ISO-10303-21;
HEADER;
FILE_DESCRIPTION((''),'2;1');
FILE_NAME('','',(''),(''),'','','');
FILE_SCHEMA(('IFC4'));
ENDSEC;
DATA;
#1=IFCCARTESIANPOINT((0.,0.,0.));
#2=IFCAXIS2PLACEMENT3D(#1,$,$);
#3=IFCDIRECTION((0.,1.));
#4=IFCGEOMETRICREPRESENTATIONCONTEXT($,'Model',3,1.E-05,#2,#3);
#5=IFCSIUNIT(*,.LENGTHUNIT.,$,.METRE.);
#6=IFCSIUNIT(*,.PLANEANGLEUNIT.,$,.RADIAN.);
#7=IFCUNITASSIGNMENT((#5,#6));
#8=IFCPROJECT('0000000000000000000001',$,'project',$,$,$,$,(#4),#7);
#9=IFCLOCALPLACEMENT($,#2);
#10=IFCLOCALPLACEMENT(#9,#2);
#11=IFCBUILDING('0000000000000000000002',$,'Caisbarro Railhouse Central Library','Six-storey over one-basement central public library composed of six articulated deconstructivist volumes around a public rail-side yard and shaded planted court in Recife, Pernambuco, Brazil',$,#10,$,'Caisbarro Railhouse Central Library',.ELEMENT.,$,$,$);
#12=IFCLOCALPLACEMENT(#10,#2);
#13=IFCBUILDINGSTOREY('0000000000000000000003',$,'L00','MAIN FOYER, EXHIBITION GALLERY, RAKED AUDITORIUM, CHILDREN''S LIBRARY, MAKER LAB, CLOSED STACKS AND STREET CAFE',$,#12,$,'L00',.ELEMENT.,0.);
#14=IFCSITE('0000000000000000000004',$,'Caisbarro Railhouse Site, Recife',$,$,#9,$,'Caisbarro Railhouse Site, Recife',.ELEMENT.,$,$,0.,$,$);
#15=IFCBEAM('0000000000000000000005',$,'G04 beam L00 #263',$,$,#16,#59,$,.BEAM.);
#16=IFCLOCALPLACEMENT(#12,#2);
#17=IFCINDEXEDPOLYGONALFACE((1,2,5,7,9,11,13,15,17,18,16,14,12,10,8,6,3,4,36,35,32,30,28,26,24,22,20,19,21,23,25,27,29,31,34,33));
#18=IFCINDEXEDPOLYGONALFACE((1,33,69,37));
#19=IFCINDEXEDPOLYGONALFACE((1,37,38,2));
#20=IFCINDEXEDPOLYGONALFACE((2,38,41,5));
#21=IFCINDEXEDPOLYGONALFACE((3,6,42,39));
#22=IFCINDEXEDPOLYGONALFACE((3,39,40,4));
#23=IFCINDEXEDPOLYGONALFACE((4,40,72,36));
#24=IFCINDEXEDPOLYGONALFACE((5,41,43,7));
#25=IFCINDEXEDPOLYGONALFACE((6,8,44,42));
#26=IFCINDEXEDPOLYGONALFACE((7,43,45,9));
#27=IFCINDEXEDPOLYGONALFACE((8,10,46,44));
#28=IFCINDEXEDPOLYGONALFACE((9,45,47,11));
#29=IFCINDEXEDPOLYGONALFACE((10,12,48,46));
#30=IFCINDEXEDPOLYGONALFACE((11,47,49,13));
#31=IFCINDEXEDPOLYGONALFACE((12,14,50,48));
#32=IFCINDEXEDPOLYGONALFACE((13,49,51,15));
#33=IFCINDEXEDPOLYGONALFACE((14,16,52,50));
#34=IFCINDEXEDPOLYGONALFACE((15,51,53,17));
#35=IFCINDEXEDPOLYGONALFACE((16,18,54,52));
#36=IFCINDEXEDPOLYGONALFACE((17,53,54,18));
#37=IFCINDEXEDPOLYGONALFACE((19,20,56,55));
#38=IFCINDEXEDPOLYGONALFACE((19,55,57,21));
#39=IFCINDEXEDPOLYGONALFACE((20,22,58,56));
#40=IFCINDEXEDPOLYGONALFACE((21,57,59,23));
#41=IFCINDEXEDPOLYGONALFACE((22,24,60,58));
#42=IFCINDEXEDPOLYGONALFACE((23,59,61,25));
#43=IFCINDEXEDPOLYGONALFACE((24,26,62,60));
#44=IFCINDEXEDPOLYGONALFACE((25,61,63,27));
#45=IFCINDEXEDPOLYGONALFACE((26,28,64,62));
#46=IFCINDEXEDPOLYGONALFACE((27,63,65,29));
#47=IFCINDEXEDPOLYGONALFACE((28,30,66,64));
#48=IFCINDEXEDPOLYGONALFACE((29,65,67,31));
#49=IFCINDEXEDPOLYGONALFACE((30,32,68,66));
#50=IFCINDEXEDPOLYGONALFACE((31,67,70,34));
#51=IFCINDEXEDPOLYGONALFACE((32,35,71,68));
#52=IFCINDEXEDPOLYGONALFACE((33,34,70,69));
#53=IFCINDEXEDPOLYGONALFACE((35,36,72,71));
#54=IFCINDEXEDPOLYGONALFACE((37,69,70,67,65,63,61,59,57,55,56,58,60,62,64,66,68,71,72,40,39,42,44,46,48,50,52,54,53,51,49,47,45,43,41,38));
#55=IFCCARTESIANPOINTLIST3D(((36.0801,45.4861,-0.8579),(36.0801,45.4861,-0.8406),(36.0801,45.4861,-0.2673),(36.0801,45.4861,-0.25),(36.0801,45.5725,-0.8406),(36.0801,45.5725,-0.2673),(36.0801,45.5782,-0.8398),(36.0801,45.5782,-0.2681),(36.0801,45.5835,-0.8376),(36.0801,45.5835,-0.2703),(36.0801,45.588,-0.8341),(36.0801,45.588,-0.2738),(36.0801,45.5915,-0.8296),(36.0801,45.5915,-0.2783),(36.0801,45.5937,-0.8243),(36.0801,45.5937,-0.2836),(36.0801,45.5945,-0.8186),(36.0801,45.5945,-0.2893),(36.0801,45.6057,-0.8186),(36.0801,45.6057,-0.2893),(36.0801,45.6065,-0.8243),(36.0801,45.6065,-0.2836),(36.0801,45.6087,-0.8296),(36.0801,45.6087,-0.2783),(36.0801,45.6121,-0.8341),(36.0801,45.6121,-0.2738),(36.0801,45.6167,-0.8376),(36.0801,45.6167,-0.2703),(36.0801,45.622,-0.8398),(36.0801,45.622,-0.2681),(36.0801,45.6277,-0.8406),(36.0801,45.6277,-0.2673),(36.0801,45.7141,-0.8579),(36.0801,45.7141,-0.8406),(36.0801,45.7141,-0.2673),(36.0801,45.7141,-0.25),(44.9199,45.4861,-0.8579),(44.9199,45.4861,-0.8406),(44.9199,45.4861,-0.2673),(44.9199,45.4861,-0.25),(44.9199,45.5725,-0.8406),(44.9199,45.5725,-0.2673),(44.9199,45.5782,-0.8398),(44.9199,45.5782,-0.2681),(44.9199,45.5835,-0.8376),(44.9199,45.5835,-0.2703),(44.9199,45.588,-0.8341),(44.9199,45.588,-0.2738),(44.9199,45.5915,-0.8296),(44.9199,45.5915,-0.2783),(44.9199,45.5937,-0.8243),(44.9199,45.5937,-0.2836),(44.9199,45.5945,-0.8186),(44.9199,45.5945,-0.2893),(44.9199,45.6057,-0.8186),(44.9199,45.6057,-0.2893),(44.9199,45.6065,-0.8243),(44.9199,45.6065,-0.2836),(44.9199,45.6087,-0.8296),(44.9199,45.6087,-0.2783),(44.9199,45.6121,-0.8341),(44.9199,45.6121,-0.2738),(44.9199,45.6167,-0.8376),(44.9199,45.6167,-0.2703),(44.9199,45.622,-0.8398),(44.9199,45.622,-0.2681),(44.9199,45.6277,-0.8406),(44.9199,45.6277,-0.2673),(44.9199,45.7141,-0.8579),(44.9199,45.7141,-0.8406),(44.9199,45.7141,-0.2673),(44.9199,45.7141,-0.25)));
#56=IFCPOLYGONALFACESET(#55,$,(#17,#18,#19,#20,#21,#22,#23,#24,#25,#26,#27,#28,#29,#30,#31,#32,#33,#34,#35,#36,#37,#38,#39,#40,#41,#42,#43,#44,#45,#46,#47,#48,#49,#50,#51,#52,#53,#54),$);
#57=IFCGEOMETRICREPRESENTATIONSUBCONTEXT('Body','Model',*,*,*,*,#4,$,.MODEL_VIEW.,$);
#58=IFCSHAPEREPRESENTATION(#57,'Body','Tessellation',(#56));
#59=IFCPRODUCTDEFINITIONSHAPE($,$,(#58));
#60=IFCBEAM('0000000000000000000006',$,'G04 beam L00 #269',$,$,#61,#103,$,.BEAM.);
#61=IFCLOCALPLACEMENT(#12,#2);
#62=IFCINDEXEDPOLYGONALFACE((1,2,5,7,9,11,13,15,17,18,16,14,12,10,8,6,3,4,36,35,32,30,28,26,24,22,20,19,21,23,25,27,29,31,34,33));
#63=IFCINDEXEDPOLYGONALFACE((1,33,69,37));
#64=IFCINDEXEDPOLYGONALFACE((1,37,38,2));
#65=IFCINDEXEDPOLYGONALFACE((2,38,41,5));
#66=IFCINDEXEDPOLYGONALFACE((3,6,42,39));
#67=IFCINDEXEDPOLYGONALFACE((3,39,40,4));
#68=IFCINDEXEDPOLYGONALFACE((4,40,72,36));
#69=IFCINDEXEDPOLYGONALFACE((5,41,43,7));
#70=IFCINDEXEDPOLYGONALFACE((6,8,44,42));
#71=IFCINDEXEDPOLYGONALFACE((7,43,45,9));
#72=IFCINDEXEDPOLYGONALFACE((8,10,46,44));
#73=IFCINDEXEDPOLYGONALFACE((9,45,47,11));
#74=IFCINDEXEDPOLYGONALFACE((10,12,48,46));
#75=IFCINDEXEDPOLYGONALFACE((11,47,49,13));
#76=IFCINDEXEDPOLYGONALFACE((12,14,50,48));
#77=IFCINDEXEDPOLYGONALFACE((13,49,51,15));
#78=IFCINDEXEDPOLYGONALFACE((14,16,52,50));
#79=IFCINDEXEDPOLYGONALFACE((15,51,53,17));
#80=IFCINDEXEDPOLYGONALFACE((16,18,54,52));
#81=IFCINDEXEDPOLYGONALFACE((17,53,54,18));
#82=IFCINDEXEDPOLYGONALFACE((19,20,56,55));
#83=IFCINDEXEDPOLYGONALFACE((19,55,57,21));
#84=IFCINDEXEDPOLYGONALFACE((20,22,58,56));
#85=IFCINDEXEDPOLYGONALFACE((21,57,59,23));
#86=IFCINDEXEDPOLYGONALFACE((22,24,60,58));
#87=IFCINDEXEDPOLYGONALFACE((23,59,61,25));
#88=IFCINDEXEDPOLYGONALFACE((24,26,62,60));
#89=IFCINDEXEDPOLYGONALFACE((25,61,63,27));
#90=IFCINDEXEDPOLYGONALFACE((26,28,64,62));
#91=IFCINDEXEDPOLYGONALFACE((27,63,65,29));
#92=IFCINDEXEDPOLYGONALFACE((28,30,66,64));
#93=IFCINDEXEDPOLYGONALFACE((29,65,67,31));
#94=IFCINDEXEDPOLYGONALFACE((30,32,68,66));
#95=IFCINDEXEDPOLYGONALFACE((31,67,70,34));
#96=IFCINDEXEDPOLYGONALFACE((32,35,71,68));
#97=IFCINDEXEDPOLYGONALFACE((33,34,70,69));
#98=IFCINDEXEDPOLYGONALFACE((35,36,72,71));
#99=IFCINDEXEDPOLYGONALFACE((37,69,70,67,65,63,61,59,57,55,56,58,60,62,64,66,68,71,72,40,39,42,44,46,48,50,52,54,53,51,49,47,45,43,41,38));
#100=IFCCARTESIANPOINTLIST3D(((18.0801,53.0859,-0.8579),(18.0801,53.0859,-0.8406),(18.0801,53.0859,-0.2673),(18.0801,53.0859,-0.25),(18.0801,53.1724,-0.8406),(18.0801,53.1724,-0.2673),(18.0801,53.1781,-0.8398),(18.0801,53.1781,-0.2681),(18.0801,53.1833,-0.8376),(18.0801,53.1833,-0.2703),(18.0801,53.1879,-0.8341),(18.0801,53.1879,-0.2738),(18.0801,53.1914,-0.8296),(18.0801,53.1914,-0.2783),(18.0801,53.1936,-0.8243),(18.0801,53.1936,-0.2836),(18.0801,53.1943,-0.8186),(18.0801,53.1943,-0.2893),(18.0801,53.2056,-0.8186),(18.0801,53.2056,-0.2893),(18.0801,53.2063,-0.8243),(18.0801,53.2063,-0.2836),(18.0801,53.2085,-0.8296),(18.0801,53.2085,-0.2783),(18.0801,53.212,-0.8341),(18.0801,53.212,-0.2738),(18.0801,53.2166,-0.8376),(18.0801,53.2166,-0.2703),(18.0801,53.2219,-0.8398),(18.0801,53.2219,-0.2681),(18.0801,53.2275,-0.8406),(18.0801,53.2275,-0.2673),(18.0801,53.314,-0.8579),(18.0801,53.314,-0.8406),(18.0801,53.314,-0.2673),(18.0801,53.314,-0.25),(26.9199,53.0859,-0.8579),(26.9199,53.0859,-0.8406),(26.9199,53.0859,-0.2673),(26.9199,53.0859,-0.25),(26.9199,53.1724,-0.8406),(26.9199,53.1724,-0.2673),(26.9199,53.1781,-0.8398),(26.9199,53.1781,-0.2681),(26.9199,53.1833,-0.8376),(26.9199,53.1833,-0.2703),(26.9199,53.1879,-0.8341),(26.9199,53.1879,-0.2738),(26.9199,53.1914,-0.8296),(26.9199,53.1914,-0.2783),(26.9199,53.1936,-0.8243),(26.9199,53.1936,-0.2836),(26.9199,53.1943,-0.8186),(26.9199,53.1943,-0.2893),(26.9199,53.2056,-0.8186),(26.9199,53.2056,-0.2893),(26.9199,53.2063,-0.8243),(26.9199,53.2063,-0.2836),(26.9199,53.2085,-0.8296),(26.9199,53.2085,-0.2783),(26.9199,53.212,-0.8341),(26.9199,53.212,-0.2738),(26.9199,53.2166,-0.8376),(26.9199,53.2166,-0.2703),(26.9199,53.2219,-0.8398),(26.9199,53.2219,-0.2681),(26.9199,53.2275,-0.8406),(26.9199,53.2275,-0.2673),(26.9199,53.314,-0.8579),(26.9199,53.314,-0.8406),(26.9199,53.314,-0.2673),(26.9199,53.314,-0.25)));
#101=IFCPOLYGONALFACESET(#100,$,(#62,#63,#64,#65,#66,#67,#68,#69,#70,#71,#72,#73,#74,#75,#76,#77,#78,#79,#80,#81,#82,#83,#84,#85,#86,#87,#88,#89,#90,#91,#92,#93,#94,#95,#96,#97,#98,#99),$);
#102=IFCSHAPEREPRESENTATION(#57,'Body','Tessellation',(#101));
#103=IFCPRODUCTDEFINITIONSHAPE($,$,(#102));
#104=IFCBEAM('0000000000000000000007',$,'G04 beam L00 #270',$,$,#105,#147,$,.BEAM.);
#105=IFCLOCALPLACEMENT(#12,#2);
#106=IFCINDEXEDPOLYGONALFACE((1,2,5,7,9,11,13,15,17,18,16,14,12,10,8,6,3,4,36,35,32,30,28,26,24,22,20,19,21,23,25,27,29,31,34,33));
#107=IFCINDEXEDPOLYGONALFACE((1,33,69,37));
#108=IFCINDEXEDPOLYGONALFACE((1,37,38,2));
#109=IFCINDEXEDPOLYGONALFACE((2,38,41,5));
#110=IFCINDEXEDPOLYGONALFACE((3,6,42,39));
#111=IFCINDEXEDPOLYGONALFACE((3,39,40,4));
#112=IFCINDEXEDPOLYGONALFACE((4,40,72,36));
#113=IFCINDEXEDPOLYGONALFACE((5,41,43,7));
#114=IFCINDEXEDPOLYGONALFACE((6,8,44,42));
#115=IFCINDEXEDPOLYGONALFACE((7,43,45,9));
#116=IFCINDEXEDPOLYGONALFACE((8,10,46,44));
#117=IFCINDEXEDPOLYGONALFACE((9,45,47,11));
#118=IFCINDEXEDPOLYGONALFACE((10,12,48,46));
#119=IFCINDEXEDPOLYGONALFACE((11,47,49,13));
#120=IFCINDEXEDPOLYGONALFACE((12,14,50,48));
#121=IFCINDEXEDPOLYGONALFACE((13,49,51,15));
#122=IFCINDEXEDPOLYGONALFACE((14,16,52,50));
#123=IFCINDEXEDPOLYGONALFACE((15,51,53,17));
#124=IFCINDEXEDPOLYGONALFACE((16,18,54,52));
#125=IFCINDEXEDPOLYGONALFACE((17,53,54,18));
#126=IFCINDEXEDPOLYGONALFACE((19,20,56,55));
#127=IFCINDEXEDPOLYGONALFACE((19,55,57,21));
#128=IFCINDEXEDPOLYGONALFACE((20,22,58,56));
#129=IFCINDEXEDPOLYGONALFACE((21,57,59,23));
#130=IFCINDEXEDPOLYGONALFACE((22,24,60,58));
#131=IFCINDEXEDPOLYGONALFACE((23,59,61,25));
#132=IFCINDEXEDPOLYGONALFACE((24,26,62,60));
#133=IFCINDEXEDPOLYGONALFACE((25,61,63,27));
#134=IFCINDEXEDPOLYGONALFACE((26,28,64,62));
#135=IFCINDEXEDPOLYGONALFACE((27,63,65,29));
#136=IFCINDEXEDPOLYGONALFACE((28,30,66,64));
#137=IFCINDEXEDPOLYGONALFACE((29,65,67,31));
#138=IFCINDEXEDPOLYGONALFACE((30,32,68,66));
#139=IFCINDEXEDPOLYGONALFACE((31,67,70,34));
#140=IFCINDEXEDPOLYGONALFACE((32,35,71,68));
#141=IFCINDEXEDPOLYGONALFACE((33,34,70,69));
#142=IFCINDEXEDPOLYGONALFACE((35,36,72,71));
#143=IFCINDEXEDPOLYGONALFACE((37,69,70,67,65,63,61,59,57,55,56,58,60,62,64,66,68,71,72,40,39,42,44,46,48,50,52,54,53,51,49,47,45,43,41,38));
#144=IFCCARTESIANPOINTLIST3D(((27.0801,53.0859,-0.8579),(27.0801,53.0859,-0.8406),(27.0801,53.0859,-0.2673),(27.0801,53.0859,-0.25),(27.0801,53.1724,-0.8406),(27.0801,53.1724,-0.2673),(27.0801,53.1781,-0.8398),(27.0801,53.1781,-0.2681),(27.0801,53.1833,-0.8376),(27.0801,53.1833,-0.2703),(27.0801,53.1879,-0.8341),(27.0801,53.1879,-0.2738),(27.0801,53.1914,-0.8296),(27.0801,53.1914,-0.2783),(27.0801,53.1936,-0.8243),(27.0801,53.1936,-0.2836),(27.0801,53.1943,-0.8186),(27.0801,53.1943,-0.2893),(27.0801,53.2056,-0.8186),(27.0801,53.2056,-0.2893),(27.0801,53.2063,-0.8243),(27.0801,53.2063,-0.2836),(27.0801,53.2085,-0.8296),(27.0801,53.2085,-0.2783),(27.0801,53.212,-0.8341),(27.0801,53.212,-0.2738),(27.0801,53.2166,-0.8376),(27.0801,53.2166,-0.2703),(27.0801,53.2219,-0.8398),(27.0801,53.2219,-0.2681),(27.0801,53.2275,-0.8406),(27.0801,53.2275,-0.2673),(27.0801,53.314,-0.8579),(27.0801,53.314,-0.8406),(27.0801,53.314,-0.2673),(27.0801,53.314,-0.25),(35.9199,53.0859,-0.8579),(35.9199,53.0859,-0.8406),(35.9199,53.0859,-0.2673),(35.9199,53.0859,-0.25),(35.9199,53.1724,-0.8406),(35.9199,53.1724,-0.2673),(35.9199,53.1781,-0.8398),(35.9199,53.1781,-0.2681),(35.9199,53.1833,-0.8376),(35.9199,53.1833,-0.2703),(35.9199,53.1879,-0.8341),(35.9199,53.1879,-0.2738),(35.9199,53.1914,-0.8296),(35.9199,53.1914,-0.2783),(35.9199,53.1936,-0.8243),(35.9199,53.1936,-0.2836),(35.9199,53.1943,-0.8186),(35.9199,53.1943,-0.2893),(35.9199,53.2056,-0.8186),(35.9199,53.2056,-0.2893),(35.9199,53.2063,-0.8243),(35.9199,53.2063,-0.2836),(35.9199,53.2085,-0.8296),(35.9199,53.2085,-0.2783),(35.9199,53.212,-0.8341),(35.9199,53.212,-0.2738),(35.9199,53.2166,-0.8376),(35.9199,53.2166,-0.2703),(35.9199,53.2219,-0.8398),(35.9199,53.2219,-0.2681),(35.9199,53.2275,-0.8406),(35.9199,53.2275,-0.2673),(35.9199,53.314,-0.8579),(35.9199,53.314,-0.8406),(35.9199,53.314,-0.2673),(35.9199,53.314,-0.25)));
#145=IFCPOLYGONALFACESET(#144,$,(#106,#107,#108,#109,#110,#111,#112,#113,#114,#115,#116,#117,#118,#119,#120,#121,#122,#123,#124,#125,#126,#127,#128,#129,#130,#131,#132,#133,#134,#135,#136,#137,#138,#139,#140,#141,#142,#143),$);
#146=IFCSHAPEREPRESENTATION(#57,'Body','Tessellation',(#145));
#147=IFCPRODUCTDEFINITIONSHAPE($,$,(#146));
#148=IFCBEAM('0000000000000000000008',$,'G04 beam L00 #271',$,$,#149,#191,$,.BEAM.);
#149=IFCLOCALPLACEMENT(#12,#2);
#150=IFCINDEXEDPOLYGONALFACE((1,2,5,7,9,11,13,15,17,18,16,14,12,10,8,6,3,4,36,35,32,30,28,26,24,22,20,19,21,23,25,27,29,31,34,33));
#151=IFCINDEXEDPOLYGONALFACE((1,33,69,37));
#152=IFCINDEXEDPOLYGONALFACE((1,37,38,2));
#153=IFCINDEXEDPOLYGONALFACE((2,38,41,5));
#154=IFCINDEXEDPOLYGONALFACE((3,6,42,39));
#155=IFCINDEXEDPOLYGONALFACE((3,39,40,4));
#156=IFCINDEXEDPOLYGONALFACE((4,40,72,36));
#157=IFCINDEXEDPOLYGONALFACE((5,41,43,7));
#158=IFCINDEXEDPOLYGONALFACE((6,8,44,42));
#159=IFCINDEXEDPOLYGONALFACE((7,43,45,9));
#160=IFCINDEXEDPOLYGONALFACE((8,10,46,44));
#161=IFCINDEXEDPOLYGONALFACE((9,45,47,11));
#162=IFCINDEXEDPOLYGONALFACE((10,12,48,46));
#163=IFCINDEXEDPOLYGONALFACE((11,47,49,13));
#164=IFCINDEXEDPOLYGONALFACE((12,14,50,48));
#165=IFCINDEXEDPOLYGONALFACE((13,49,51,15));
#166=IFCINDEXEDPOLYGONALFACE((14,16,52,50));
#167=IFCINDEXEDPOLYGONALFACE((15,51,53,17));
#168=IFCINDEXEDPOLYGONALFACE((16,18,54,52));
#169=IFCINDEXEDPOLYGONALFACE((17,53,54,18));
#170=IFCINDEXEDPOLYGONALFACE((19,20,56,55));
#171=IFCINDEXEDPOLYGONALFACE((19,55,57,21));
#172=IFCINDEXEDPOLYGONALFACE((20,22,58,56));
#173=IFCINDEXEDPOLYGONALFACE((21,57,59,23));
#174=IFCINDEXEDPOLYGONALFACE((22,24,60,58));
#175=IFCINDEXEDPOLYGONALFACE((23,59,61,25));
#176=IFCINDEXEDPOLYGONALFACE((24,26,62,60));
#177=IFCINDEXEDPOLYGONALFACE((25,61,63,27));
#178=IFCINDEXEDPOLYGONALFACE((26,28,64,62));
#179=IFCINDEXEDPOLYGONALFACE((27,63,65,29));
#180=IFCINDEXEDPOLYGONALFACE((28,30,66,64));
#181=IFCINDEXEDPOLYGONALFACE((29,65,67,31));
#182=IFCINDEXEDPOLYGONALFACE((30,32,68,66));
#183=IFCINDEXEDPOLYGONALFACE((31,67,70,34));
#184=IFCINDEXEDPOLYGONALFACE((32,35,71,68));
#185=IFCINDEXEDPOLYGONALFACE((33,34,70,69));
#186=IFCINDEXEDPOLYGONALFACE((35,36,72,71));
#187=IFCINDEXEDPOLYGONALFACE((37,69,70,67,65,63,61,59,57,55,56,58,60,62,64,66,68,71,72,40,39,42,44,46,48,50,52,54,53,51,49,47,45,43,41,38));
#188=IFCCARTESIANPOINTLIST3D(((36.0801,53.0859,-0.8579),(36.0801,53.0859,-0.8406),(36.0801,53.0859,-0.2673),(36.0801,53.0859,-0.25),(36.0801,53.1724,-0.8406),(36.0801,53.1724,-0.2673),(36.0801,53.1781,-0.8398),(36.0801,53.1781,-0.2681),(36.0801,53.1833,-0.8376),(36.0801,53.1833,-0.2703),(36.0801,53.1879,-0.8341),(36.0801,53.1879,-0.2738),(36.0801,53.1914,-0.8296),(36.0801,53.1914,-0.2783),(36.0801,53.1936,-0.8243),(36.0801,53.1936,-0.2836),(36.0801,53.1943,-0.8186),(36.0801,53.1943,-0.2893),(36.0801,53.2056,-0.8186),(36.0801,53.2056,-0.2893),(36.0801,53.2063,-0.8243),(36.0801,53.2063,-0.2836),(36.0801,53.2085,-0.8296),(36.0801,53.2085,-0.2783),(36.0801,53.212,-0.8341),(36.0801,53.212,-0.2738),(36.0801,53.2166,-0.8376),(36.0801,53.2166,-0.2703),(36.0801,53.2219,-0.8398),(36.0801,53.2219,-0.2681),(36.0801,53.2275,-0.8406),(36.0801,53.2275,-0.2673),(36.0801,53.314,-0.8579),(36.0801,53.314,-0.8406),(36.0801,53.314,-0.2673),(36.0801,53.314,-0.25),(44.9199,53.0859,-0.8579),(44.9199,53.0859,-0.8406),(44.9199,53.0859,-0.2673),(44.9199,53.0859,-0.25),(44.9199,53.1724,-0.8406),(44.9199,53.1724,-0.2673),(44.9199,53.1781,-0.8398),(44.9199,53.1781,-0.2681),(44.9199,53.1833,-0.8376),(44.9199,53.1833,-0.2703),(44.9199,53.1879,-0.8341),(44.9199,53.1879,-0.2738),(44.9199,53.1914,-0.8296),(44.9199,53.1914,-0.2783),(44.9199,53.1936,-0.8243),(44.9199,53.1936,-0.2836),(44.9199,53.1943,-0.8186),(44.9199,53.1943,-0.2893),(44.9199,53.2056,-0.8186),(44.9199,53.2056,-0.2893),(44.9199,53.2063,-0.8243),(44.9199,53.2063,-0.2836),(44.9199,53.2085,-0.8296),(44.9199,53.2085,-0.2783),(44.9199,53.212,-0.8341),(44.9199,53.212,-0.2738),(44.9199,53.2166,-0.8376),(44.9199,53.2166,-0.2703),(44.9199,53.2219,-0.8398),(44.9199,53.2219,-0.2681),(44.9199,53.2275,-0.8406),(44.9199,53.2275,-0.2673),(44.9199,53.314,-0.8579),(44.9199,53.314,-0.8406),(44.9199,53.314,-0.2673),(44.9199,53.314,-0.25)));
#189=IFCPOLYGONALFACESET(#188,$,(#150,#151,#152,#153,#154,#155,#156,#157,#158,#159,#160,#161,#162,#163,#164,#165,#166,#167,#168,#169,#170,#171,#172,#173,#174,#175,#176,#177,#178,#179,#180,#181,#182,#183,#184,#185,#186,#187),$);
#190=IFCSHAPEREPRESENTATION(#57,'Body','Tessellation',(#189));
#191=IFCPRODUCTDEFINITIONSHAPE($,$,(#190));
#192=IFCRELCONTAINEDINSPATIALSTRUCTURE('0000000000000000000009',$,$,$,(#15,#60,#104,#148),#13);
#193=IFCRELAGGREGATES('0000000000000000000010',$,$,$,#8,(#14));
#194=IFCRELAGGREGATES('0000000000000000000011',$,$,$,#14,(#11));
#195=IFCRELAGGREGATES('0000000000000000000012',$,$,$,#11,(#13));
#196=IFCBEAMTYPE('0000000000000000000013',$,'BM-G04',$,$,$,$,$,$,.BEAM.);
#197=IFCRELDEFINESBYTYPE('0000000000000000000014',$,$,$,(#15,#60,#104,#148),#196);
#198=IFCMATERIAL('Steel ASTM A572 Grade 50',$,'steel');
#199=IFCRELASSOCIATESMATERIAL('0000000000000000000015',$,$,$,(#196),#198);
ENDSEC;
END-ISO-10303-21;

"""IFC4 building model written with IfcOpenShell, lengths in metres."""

from ifc_helpers import new_model, si_unit, direction, frame, origin, origin_2d, place, context, subcontext, project, spatial, i_section, extrude, material, material_profile, profile_set, type_object, element, save


model = new_model("IFC4")

# Units and contexts
model_context = context("Model", 3, precision=1e-05, world=origin(), true_north=direction((0.0, 1.0)))
body_context = subcontext(model_context, "Body", "Model", "MODEL_VIEW")
ifc_project = project(units=[si_unit("LENGTHUNIT", "METRE"), si_unit("PLANEANGLEUNIT", "RADIAN")], contexts=[model_context])

# Site, building, storey
site_placement = place(None, origin())
site = spatial("IfcSite", under=ifc_project, at=site_placement, Name="Caisbarro Railhouse Site, Recife", LongName="Caisbarro Railhouse Site, Recife", CompositionType="ELEMENT", RefElevation=0.0)
building_placement = place(site_placement, origin())
building = spatial("IfcBuilding", under=site, at=building_placement, Name="Caisbarro Railhouse Central Library", Description="Six-storey over one-basement central public library composed of six articulated deconstructivist volumes around a public rail-side yard and shaded planted court in Recife, Pernambuco, Brazil", LongName="Caisbarro Railhouse Central Library", CompositionType="ELEMENT")
storey_placement = place(building_placement, origin())
storey = spatial("IfcBuildingStorey", under=building, at=storey_placement, Name="L00", Description="MAIN FOYER, EXHIBITION GALLERY, RAKED AUDITORIUM, CHILDREN'S LIBRARY, MAKER LAB, CLOSED STACKS AND STREET CAFE", LongName="L00", CompositionType="ELEMENT", Elevation=0.0)

# Shared definitions
ifc_material = material(Name="Steel ASTM A572 Grade 50", Category="steel")

# Beams
ifc_material_profile_1 = material_profile(ifc_material, i_section(OverallWidth=0.228, OverallDepth=0.6079, WebThickness=0.0112, FlangeThickness=0.0173, FilletRadius=0.022, at=origin_2d()), Name="W610X113.0")
ifc_profile_set_1 = profile_set([ifc_material_profile_1], Name="Steel ASTM A572 Grade 50")
beam_type_1 = type_object("IfcBeamType", Name="BM-G04", PredefinedType="BEAM", material=ifc_profile_set_1)
for number, where, z_axis, x_axis, name in (
    (1, (36.0801, 45.6001, -0.554), (1.0, 0.0, 0.0), (0.0, 1.0, 0.0), "G04 beam L00 #263"),
    (2, (18.0801, 53.2, -0.554), (1.0, 0.0, 0.0), (0.0, 1.0, 0.0), "G04 beam L00 #269"),
    (3, (27.0801, 53.2, -0.554), (1.0, 0.0, 0.0), (0.0, 1.0, 0.0), "G04 beam L00 #270"),
    (4, (36.0801, 53.2, -0.554), (1.0, 0.0, 0.0), (0.0, 1.0, 0.0), "G04 beam L00 #271"),
):
    element("IfcBeam", number, at=place(storey_placement, frame(where, z_axis=z_axis, x_axis=x_axis)), inside=storey, type_object=beam_type_1, Name=name, PredefinedType="BEAM", context=body_context, shape_type="SweptSolid", body=[
        extrude(i_section(OverallWidth=0.228, OverallDepth=0.6079, WebThickness=0.0112, FlangeThickness=0.0173, FilletRadius=0.022, at=origin_2d()), origin(), (0.0, 0.0, 1.0), 8.8398),
    ])

save(model, "model.ifc")
